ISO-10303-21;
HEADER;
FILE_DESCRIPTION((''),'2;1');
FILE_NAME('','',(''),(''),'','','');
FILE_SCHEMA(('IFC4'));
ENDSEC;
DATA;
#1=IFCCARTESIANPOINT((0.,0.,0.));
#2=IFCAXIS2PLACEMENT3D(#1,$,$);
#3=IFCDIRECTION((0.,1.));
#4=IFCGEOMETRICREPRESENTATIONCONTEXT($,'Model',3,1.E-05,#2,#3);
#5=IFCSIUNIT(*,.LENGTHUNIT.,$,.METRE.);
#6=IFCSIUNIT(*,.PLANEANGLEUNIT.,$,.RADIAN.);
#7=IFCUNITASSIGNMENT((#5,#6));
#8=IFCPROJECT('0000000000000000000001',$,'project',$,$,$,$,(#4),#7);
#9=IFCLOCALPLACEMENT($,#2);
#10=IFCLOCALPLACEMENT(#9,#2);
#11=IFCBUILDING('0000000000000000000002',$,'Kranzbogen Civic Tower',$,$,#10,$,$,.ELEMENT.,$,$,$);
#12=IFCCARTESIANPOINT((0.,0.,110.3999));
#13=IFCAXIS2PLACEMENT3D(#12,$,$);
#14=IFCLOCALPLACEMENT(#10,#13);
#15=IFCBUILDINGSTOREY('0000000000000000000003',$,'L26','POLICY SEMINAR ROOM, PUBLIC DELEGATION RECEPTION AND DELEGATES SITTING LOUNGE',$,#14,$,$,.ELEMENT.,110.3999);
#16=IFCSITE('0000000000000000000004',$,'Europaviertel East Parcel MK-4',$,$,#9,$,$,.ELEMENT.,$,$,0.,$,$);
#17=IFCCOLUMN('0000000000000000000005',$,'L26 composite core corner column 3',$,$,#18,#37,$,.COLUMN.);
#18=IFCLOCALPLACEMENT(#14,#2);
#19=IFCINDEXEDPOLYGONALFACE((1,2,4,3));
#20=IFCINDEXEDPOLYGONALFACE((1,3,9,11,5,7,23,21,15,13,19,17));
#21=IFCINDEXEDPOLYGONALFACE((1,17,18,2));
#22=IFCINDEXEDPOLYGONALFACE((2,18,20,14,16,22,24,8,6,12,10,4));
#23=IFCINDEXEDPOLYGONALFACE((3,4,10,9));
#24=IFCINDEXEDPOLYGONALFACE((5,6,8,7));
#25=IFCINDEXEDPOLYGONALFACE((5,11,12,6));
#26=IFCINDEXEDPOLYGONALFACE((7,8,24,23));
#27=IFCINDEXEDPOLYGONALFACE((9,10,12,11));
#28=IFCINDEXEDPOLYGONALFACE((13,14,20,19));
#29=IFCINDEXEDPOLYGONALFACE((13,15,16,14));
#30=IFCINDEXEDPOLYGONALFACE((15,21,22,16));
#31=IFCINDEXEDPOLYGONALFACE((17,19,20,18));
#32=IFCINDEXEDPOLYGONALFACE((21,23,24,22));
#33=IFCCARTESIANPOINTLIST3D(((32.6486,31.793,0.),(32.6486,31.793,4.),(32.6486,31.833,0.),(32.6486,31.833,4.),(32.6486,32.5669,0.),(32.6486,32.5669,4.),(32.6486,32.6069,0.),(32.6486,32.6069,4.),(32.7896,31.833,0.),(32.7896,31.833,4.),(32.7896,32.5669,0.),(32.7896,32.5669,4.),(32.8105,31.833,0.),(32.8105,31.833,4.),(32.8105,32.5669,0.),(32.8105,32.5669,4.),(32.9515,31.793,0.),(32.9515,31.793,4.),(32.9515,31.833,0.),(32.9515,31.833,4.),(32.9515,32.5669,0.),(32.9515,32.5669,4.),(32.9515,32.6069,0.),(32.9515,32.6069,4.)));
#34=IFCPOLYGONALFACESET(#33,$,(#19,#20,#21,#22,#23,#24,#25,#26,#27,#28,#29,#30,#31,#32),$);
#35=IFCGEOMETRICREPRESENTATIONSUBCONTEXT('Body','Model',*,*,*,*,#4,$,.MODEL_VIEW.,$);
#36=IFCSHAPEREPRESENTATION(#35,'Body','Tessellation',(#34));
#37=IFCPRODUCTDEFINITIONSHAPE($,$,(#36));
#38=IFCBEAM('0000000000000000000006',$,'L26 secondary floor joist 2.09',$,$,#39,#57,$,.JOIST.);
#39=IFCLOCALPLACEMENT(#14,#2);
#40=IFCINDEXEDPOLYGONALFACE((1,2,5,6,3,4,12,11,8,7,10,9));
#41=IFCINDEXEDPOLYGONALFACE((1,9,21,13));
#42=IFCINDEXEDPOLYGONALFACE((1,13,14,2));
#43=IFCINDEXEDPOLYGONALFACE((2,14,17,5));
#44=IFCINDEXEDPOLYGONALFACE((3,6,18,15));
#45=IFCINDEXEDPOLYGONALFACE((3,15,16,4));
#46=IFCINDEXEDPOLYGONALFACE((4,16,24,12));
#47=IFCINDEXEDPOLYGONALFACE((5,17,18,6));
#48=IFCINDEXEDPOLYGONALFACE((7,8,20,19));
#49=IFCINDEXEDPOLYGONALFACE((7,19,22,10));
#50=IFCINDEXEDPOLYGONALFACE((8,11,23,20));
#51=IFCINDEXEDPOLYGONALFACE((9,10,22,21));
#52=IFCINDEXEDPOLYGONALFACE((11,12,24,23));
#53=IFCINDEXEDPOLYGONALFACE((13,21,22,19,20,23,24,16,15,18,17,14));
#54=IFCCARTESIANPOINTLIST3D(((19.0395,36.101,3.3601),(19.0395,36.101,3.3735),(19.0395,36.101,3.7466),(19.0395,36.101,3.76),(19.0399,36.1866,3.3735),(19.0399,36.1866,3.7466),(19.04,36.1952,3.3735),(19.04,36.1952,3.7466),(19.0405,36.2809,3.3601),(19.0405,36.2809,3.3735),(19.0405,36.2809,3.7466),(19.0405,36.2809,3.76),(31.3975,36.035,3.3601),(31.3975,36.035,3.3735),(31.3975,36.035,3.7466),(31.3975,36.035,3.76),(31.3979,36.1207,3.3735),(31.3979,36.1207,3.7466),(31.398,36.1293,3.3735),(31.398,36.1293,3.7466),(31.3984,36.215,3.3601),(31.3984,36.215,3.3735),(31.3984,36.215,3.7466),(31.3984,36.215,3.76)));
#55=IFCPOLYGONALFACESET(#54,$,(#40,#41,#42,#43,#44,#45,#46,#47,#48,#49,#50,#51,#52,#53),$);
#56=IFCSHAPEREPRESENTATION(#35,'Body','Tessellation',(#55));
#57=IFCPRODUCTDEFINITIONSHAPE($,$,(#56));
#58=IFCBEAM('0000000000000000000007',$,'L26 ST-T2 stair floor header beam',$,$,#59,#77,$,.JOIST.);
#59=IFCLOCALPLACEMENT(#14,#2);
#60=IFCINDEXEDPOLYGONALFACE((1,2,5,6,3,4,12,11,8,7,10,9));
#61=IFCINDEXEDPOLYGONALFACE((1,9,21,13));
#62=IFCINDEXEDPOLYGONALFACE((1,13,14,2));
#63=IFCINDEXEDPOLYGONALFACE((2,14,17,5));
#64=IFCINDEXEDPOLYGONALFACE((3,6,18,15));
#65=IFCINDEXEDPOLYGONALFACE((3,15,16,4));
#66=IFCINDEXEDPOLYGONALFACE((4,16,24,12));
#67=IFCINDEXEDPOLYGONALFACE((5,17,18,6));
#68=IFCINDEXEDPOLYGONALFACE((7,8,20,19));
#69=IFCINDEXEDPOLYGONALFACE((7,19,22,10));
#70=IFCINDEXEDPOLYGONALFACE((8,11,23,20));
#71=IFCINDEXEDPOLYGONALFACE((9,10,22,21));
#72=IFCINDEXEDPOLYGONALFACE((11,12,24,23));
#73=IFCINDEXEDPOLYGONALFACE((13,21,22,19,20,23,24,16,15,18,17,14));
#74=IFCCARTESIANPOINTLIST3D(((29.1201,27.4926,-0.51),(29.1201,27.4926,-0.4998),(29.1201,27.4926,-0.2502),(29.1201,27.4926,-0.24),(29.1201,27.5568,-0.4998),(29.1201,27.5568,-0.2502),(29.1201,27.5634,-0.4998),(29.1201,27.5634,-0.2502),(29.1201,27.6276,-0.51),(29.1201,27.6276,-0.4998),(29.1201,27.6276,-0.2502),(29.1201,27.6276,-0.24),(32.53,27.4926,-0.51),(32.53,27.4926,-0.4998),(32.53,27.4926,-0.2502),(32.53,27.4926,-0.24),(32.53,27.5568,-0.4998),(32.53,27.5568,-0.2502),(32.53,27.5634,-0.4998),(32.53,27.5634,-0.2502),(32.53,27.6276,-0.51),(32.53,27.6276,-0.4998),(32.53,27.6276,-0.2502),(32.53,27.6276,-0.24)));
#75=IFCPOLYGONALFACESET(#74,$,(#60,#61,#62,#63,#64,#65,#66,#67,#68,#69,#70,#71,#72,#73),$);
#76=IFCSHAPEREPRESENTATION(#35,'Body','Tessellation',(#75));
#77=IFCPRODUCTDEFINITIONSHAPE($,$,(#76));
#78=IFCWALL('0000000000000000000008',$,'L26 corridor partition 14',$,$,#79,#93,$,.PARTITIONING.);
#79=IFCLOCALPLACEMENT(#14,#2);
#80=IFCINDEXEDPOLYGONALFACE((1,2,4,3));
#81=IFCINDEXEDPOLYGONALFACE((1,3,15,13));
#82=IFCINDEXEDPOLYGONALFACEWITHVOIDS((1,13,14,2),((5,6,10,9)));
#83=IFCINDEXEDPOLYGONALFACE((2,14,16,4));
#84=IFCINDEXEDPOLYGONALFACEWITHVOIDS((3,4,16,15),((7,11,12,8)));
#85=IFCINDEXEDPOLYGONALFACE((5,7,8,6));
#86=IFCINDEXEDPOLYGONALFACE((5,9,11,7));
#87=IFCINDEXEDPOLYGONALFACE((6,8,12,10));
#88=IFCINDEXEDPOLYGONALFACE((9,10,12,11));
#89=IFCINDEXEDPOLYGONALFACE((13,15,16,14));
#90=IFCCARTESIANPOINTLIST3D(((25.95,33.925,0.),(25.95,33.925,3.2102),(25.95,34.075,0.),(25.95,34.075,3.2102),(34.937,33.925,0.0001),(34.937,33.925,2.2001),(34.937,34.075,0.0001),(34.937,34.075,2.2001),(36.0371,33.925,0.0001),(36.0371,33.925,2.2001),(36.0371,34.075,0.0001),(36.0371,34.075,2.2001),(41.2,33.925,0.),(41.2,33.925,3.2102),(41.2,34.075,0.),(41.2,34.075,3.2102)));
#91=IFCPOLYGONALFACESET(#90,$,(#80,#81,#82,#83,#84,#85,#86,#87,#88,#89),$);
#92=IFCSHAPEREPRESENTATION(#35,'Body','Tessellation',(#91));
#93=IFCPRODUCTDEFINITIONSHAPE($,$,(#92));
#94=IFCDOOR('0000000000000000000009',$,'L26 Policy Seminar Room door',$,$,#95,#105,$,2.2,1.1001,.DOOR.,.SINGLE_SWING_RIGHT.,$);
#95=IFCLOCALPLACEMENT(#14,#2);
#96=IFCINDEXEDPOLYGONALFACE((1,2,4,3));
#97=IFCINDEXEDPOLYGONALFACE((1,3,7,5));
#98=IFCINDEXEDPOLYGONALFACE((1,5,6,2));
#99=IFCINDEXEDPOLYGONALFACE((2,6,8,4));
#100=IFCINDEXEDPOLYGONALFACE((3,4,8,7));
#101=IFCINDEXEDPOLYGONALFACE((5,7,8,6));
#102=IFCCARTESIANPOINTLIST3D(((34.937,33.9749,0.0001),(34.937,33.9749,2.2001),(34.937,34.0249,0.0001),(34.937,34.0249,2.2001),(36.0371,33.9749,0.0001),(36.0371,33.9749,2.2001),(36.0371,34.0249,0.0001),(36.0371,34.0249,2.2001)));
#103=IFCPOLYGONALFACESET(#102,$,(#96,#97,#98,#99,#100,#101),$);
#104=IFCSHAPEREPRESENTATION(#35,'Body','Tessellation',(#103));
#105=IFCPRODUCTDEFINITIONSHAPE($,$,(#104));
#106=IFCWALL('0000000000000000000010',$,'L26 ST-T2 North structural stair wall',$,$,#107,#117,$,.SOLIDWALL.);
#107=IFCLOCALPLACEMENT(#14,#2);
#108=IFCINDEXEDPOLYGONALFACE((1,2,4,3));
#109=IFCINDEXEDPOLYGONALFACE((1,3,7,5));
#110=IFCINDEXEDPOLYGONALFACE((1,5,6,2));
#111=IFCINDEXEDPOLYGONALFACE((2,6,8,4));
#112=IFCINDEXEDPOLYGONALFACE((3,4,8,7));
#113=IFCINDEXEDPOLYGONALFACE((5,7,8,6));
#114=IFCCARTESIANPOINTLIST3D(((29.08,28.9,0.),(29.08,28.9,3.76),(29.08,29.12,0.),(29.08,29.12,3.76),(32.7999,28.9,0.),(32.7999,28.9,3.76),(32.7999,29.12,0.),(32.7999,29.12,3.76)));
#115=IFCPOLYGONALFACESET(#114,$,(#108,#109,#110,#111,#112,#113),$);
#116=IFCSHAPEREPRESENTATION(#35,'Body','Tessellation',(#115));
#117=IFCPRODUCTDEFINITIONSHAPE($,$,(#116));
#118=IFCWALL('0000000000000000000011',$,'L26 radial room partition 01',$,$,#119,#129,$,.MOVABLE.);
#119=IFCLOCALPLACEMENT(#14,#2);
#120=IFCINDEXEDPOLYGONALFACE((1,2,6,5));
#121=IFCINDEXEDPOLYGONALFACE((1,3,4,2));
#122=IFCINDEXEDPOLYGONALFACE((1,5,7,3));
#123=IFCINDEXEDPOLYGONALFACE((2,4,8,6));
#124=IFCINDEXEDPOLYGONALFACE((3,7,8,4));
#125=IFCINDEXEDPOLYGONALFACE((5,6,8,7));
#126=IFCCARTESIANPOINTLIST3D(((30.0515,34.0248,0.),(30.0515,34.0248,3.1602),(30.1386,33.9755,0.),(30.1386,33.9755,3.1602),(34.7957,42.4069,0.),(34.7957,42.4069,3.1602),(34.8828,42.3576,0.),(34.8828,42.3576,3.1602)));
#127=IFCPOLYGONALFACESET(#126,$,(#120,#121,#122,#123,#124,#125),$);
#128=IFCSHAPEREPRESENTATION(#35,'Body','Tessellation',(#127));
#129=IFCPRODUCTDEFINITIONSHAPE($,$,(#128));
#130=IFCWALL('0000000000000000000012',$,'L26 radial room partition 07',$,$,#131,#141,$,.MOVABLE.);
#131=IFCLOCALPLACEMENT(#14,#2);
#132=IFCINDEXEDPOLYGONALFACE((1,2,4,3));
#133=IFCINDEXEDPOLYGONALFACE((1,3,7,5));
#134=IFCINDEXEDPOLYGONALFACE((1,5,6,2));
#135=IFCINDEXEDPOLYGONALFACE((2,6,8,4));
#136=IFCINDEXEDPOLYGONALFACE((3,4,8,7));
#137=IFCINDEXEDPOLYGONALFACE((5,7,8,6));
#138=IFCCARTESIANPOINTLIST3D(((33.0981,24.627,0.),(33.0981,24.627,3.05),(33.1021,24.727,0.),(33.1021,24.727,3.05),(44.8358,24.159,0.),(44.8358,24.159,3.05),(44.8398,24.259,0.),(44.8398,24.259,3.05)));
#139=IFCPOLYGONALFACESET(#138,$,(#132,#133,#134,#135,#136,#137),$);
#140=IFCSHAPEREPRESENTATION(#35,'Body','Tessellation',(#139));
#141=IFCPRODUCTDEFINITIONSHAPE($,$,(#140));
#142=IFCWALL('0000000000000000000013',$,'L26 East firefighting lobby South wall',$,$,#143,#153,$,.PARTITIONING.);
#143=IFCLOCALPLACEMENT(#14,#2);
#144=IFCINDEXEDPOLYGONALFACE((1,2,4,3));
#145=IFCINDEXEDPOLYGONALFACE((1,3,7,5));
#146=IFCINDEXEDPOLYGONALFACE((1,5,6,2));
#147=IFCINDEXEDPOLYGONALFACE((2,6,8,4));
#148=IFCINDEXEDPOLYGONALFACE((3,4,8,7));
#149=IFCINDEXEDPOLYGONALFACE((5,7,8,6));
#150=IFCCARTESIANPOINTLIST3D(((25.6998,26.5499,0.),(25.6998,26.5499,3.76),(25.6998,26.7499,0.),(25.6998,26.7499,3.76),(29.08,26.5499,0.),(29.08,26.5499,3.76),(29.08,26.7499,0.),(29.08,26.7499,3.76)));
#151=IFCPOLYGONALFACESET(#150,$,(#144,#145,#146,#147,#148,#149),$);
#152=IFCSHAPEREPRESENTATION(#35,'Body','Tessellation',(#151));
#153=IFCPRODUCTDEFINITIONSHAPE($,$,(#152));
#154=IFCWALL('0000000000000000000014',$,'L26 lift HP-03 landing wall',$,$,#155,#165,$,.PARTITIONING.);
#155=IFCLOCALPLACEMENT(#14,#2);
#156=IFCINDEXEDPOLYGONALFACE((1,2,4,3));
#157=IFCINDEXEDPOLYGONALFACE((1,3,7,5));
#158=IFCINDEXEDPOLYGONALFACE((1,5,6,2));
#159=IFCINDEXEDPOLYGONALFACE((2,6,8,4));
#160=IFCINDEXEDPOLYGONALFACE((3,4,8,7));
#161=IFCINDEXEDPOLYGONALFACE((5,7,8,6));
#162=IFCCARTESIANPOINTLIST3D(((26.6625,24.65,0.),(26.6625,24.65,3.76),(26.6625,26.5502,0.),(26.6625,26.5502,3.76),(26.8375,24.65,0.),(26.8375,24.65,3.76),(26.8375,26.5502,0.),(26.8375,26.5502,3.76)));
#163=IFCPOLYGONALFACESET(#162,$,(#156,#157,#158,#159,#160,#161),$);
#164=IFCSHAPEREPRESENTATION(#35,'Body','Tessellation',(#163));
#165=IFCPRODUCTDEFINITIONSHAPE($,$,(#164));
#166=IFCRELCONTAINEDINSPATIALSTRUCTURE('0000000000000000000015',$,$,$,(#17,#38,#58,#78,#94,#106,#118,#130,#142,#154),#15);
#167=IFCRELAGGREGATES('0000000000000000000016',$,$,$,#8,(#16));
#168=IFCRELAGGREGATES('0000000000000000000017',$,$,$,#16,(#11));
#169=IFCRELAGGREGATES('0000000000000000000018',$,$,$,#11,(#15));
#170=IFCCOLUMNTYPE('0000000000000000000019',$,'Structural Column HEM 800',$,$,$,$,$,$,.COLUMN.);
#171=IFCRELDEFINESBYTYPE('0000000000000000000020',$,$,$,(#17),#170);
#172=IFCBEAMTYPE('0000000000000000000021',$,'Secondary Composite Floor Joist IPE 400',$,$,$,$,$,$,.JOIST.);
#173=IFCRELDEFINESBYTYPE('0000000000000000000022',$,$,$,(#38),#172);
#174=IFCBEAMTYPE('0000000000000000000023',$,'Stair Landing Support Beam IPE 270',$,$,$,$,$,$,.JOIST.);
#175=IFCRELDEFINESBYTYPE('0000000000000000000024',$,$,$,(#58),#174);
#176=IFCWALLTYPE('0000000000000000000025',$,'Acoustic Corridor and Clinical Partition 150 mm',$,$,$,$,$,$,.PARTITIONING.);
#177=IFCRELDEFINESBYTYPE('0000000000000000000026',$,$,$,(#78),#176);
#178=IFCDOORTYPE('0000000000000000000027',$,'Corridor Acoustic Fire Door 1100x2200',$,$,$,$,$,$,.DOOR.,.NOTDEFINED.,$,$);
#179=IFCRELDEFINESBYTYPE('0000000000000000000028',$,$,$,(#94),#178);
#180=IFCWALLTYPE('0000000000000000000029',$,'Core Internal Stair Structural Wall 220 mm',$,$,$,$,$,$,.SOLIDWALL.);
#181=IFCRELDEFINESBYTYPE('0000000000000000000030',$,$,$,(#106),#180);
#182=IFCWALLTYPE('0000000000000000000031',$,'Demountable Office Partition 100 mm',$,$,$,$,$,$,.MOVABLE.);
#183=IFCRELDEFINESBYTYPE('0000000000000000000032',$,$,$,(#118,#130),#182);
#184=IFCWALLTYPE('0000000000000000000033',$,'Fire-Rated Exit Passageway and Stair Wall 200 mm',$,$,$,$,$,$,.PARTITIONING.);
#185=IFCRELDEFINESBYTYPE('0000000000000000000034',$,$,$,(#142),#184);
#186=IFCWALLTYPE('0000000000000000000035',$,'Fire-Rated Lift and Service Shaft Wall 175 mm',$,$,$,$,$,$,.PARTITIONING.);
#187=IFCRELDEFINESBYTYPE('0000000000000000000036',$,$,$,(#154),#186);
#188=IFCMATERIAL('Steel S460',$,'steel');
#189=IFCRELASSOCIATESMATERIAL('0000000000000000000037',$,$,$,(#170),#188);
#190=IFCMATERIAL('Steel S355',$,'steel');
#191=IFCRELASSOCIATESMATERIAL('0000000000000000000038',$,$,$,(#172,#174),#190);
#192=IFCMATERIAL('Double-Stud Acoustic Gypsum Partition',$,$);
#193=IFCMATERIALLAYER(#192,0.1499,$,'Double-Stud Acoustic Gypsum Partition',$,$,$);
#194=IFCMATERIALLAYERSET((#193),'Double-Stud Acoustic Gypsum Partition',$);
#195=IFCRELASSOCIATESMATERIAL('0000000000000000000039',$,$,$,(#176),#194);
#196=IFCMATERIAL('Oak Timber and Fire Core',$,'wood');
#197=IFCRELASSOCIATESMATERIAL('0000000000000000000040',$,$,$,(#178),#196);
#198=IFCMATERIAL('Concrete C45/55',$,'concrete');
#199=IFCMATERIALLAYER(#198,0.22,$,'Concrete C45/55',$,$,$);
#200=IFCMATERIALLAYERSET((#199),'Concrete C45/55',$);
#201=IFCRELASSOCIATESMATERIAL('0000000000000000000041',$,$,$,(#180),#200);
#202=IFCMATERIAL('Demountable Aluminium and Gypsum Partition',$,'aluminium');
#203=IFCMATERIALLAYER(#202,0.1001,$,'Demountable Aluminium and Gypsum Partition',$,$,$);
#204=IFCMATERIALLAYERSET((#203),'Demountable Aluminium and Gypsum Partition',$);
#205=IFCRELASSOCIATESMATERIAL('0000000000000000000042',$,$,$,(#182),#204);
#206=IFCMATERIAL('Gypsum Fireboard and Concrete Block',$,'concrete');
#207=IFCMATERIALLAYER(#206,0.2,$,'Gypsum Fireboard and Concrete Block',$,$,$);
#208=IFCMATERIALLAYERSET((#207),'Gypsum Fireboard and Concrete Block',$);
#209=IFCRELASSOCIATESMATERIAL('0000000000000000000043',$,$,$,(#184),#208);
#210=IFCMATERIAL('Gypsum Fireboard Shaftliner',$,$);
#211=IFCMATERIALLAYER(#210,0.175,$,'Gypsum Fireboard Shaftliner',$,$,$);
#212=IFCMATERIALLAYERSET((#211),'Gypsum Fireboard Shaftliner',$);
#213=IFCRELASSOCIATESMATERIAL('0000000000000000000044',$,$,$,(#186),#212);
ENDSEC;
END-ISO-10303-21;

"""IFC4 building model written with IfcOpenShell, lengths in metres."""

from ifc_helpers import new_model, si_unit, direction, frame, frame_2d, origin, origin_2d, place, context, subcontext, project, spatial, rectangle, i_section, extrude, material, layer, layer_set, material_profile, profile_set, type_object, element, fill, save


model = new_model("IFC4")

# Units and contexts
model_context = context("Model", 3, precision=1e-05, world=origin(), true_north=direction((0.0, 1.0)))
body_context = subcontext(model_context, "Body", "Model", "MODEL_VIEW")
ifc_project = project(units=[si_unit("LENGTHUNIT", "METRE"), si_unit("PLANEANGLEUNIT", "RADIAN")], contexts=[model_context])

# Site, building, storey
site_placement = place(None, origin())
site = spatial("IfcSite", under=ifc_project, at=site_placement, Name="Europaviertel East Parcel MK-4", CompositionType="ELEMENT", RefElevation=0.0)
building_placement = place(site_placement, origin())
building = spatial("IfcBuilding", under=site, at=building_placement, Name="Kranzbogen Civic Tower", CompositionType="ELEMENT")
storey_placement = place(building_placement, frame((0.0, 0.0, 110.3999)))
storey = spatial("IfcBuildingStorey", under=building, at=storey_placement, Name="L26", Description="POLICY SEMINAR ROOM, PUBLIC DELEGATION RECEPTION AND DELEGATES SITTING LOUNGE", CompositionType="ELEMENT", Elevation=110.3999)

# Column
ifc_material_1 = material(Name="Steel S460", Category="steel")
ifc_material_profile_1 = material_profile(ifc_material_1, i_section(OverallWidth=0.303, OverallDepth=0.814, WebThickness=0.021, FlangeThickness=0.04, at=origin_2d()), Name="HEM 800")
ifc_profile_set_1 = profile_set([ifc_material_profile_1], Name="Steel S460")
column_type = type_object("IfcColumnType", Name="Structural Column HEM 800", PredefinedType="COLUMN", material=ifc_profile_set_1)
column_placement = place(storey_placement, frame((32.8, 32.2, 0.0), z_axis=(0.0, 0.0, 1.0), x_axis=(1.0, 0.0, 0.0)))
element("IfcColumn", 1, at=column_placement, inside=storey, type_object=column_type, Name="L26 composite core corner column 3", PredefinedType="COLUMN", context=body_context, shape_type="SweptSolid", body=[
    extrude(i_section(OverallWidth=0.303, OverallDepth=0.814, WebThickness=0.021, FlangeThickness=0.04, at=origin_2d()), origin(), (0.0, 0.0, 1.0), 4.0),
])

# Beams
ifc_material_2 = material(Name="Steel S355", Category="steel")
ifc_material_profile_2 = material_profile(ifc_material_2, i_section(OverallWidth=0.1799, OverallDepth=0.3999, WebThickness=0.0085, FlangeThickness=0.0134, at=origin_2d()), Name="IPE 400")
ifc_profile_set_2 = profile_set([ifc_material_profile_2], Name="Steel S355")
beam_type_1 = type_object("IfcBeamType", Name="Secondary Composite Floor Joist IPE 400", PredefinedType="JOIST", material=ifc_profile_set_2)
beam_1_placement = place(storey_placement, frame((31.3979, 36.125, 3.5601), z_axis=(-0.999986, 0.005334, 0.0), x_axis=(-0.005334, -0.999986, 0.0)))
element("IfcBeam", 2, at=beam_1_placement, inside=storey, type_object=beam_type_1, Name="L26 secondary floor joist 2.09", PredefinedType="JOIST", context=body_context, shape_type="SweptSolid", body=[
    extrude(i_section(OverallWidth=0.1799, OverallDepth=0.3999, WebThickness=0.0085, FlangeThickness=0.0134, at=origin_2d()), origin(), (0.0, 0.0, 1.0), 12.3582),
])
ifc_material_profile_3 = material_profile(ifc_material_2, i_section(OverallWidth=0.135, OverallDepth=0.27, WebThickness=0.0066, FlangeThickness=0.0103, at=origin_2d()), Name="IPE 270")
ifc_profile_set_3 = profile_set([ifc_material_profile_3], Name="Steel S355")
beam_type_2 = type_object("IfcBeamType", Name="Stair Landing Support Beam IPE 270", PredefinedType="JOIST", material=ifc_profile_set_3)
beam_2_placement = place(storey_placement, frame((29.1201, 27.5601, -0.375), z_axis=(1.0, 0.0, 0.0), x_axis=(0.0, 1.0, 0.0)))
element("IfcBeam", 3, at=beam_2_placement, inside=storey, type_object=beam_type_2, Name="L26 ST-T2 stair floor header beam", PredefinedType="JOIST", context=body_context, shape_type="SweptSolid", body=[
    extrude(i_section(OverallWidth=0.135, OverallDepth=0.27, WebThickness=0.0066, FlangeThickness=0.0103, at=origin_2d()), origin(), (0.0, 0.0, 1.0), 3.4099),
])

# Wall, opening, door
ifc_material_3 = material(Name="Double-Stud Acoustic Gypsum Partition")
ifc_layer_1 = layer(ifc_material_3, 0.1499, Name="Double-Stud Acoustic Gypsum Partition")
ifc_layer_set_1 = layer_set([ifc_layer_1], Name="Double-Stud Acoustic Gypsum Partition")
wall_type_1 = type_object("IfcWallType", Name="Acoustic Corridor and Clinical Partition 150 mm", PredefinedType="PARTITIONING", material=ifc_layer_set_1)
wall_1_placement = place(storey_placement, frame((25.95, 34.0, 0.0), z_axis=(0.0, 0.0, 1.0), x_axis=(1.0, 0.0, 0.0)))
wall_1 = element("IfcWall", 4, at=wall_1_placement, inside=storey, type_object=wall_type_1, Name="L26 corridor partition 14", PredefinedType="PARTITIONING", context=body_context, shape_type="SweptSolid", body=[
    extrude(rectangle(XDim=15.25, YDim=0.1499, at=frame_2d((7.625, 0.0))), origin(), (0.0, 0.0, 1.0), 3.2102),
])
opening_1_placement = place(wall_1_placement, frame((8.9871, 0.0, 0.0)))
opening_1 = element("IfcOpeningElement", 5, at=opening_1_placement, cuts=wall_1, PredefinedType="OPENING", context=body_context, shape_type="SweptSolid", body=[
    extrude(rectangle(XDim=1.1001, YDim=2.2, at=frame_2d((0.55, 1.1001))), frame((0.0, 0.085, 0.0), z_axis=(0.0, -1.0, 0.0), x_axis=(1.0, 0.0, 0.0)), (0.0, 0.0, 1.0), 0.1699),
])
ifc_material_4 = material(Name="Oak Timber and Fire Core", Category="wood")
door_type_1 = type_object("IfcDoorType", Name="Corridor Acoustic Fire Door 1100x2200", OperationType="NOTDEFINED", PredefinedType="DOOR", material=ifc_material_4)
door_1_placement = place(opening_1_placement, origin())
door_1 = element("IfcDoor", 6, at=door_1_placement, inside=storey, type_object=door_type_1, Name="L26 Policy Seminar Room door", OperationType="SINGLE_SWING_RIGHT", OverallHeight=2.2, OverallWidth=1.1001, PredefinedType="DOOR", context=body_context, shape_type="SweptSolid", body=[
    extrude(rectangle(XDim=1.1001, YDim=2.2, at=frame_2d((0.55, 1.1001))), frame((0.0, 0.0249, 0.0), z_axis=(0.0, -1.0, 0.0), x_axis=(1.0, 0.0, 0.0)), (0.0, 0.0, 1.0), 0.05),
])
fill(opening_1, door_1)

# Walls
ifc_material_5 = material(Name="Concrete C45/55", Category="concrete")
ifc_layer_2 = layer(ifc_material_5, 0.22, Name="Concrete C45/55")
ifc_layer_set_2 = layer_set([ifc_layer_2], Name="Concrete C45/55")
wall_type_2 = type_object("IfcWallType", Name="Core Internal Stair Structural Wall 220 mm", PredefinedType="SOLIDWALL", material=ifc_layer_set_2)
wall_2_placement = place(storey_placement, frame((29.0801, 29.01, 0.0), z_axis=(0.0, 0.0, 1.0), x_axis=(1.0, 0.0, 0.0)))
element("IfcWall", 7, at=wall_2_placement, inside=storey, type_object=wall_type_2, Name="L26 ST-T2 North structural stair wall", PredefinedType="SOLIDWALL", context=body_context, shape_type="SweptSolid", body=[
    extrude(rectangle(XDim=3.72, YDim=0.22, at=frame_2d((1.8599, 0.0))), origin(), (0.0, 0.0, 1.0), 3.76),
])
ifc_material_6 = material(Name="Demountable Aluminium and Gypsum Partition", Category="aluminium")
ifc_layer_3 = layer(ifc_material_6, 0.1001, Name="Demountable Aluminium and Gypsum Partition")
ifc_layer_set_3 = layer_set([ifc_layer_3], Name="Demountable Aluminium and Gypsum Partition")
wall_type_3 = type_object("IfcWallType", Name="Demountable Office Partition 100 mm", PredefinedType="MOVABLE", material=ifc_layer_set_3)
wall_3_placement = place(storey_placement, frame((30.095, 34.0, 0.0), z_axis=(0.0, 0.0, 1.0), x_axis=(0.492564, 0.870276, 0.0)))
element("IfcWall", 8, at=wall_3_placement, inside=storey, type_object=wall_type_3, Name="L26 radial room partition 01", PredefinedType="MOVABLE", context=body_context, shape_type="SweptSolid", body=[
    extrude(rectangle(XDim=9.6316, YDim=0.1001, at=frame_2d((4.8159, 0.0))), origin(), (0.0, 0.0, 1.0), 3.1602),
])
wall_4_placement = place(storey_placement, frame((33.1001, 24.677, 0.0), z_axis=(0.0, 0.0, 1.0), x_axis=(0.999206, -0.039841, 0.0)))
element("IfcWall", 9, at=wall_4_placement, inside=storey, type_object=wall_type_3, Name="L26 radial room partition 07", PredefinedType="MOVABLE", context=body_context, shape_type="SweptSolid", body=[
    extrude(rectangle(XDim=11.7471, YDim=0.1001, at=frame_2d((5.8735, 0.0))), origin(), (0.0, 0.0, 1.0), 3.05),
])
ifc_material_7 = material(Name="Gypsum Fireboard and Concrete Block", Category="concrete")
ifc_layer_4 = layer(ifc_material_7, 0.2, Name="Gypsum Fireboard and Concrete Block")
ifc_layer_set_4 = layer_set([ifc_layer_4], Name="Gypsum Fireboard and Concrete Block")
wall_type_4 = type_object("IfcWallType", Name="Fire-Rated Exit Passageway and Stair Wall 200 mm", PredefinedType="PARTITIONING", material=ifc_layer_set_4)
wall_5_placement = place(storey_placement, frame((25.7, 26.6499, 0.0), z_axis=(0.0, 0.0, 1.0), x_axis=(1.0, 0.0, 0.0)))
element("IfcWall", 10, at=wall_5_placement, inside=storey, type_object=wall_type_4, Name="L26 East firefighting lobby South wall", PredefinedType="PARTITIONING", context=body_context, shape_type="SweptSolid", body=[
    extrude(rectangle(XDim=3.3801, YDim=0.2, at=frame_2d((1.6899, 0.0))), origin(), (0.0, 0.0, 1.0), 3.76),
])
ifc_material_8 = material(Name="Gypsum Fireboard Shaftliner")
ifc_layer_5 = layer(ifc_material_8, 0.175, Name="Gypsum Fireboard Shaftliner")
ifc_layer_set_5 = layer_set([ifc_layer_5], Name="Gypsum Fireboard Shaftliner")
wall_type_5 = type_object("IfcWallType", Name="Fire-Rated Lift and Service Shaft Wall 175 mm", PredefinedType="PARTITIONING", material=ifc_layer_set_5)
wall_6_placement = place(storey_placement, frame((26.75, 24.6499, 0.0), z_axis=(0.0, 0.0, 1.0), x_axis=(0.0, 1.0, 0.0)))
element("IfcWall", 11, at=wall_6_placement, inside=storey, type_object=wall_type_5, Name="L26 lift HP-03 landing wall", PredefinedType="PARTITIONING", context=body_context, shape_type="SweptSolid", body=[
    extrude(rectangle(XDim=1.9001, YDim=0.175, at=frame_2d((0.9502, 0.0))), origin(), (0.0, 0.0, 1.0), 3.76),
])

save(model, "model.ifc")
